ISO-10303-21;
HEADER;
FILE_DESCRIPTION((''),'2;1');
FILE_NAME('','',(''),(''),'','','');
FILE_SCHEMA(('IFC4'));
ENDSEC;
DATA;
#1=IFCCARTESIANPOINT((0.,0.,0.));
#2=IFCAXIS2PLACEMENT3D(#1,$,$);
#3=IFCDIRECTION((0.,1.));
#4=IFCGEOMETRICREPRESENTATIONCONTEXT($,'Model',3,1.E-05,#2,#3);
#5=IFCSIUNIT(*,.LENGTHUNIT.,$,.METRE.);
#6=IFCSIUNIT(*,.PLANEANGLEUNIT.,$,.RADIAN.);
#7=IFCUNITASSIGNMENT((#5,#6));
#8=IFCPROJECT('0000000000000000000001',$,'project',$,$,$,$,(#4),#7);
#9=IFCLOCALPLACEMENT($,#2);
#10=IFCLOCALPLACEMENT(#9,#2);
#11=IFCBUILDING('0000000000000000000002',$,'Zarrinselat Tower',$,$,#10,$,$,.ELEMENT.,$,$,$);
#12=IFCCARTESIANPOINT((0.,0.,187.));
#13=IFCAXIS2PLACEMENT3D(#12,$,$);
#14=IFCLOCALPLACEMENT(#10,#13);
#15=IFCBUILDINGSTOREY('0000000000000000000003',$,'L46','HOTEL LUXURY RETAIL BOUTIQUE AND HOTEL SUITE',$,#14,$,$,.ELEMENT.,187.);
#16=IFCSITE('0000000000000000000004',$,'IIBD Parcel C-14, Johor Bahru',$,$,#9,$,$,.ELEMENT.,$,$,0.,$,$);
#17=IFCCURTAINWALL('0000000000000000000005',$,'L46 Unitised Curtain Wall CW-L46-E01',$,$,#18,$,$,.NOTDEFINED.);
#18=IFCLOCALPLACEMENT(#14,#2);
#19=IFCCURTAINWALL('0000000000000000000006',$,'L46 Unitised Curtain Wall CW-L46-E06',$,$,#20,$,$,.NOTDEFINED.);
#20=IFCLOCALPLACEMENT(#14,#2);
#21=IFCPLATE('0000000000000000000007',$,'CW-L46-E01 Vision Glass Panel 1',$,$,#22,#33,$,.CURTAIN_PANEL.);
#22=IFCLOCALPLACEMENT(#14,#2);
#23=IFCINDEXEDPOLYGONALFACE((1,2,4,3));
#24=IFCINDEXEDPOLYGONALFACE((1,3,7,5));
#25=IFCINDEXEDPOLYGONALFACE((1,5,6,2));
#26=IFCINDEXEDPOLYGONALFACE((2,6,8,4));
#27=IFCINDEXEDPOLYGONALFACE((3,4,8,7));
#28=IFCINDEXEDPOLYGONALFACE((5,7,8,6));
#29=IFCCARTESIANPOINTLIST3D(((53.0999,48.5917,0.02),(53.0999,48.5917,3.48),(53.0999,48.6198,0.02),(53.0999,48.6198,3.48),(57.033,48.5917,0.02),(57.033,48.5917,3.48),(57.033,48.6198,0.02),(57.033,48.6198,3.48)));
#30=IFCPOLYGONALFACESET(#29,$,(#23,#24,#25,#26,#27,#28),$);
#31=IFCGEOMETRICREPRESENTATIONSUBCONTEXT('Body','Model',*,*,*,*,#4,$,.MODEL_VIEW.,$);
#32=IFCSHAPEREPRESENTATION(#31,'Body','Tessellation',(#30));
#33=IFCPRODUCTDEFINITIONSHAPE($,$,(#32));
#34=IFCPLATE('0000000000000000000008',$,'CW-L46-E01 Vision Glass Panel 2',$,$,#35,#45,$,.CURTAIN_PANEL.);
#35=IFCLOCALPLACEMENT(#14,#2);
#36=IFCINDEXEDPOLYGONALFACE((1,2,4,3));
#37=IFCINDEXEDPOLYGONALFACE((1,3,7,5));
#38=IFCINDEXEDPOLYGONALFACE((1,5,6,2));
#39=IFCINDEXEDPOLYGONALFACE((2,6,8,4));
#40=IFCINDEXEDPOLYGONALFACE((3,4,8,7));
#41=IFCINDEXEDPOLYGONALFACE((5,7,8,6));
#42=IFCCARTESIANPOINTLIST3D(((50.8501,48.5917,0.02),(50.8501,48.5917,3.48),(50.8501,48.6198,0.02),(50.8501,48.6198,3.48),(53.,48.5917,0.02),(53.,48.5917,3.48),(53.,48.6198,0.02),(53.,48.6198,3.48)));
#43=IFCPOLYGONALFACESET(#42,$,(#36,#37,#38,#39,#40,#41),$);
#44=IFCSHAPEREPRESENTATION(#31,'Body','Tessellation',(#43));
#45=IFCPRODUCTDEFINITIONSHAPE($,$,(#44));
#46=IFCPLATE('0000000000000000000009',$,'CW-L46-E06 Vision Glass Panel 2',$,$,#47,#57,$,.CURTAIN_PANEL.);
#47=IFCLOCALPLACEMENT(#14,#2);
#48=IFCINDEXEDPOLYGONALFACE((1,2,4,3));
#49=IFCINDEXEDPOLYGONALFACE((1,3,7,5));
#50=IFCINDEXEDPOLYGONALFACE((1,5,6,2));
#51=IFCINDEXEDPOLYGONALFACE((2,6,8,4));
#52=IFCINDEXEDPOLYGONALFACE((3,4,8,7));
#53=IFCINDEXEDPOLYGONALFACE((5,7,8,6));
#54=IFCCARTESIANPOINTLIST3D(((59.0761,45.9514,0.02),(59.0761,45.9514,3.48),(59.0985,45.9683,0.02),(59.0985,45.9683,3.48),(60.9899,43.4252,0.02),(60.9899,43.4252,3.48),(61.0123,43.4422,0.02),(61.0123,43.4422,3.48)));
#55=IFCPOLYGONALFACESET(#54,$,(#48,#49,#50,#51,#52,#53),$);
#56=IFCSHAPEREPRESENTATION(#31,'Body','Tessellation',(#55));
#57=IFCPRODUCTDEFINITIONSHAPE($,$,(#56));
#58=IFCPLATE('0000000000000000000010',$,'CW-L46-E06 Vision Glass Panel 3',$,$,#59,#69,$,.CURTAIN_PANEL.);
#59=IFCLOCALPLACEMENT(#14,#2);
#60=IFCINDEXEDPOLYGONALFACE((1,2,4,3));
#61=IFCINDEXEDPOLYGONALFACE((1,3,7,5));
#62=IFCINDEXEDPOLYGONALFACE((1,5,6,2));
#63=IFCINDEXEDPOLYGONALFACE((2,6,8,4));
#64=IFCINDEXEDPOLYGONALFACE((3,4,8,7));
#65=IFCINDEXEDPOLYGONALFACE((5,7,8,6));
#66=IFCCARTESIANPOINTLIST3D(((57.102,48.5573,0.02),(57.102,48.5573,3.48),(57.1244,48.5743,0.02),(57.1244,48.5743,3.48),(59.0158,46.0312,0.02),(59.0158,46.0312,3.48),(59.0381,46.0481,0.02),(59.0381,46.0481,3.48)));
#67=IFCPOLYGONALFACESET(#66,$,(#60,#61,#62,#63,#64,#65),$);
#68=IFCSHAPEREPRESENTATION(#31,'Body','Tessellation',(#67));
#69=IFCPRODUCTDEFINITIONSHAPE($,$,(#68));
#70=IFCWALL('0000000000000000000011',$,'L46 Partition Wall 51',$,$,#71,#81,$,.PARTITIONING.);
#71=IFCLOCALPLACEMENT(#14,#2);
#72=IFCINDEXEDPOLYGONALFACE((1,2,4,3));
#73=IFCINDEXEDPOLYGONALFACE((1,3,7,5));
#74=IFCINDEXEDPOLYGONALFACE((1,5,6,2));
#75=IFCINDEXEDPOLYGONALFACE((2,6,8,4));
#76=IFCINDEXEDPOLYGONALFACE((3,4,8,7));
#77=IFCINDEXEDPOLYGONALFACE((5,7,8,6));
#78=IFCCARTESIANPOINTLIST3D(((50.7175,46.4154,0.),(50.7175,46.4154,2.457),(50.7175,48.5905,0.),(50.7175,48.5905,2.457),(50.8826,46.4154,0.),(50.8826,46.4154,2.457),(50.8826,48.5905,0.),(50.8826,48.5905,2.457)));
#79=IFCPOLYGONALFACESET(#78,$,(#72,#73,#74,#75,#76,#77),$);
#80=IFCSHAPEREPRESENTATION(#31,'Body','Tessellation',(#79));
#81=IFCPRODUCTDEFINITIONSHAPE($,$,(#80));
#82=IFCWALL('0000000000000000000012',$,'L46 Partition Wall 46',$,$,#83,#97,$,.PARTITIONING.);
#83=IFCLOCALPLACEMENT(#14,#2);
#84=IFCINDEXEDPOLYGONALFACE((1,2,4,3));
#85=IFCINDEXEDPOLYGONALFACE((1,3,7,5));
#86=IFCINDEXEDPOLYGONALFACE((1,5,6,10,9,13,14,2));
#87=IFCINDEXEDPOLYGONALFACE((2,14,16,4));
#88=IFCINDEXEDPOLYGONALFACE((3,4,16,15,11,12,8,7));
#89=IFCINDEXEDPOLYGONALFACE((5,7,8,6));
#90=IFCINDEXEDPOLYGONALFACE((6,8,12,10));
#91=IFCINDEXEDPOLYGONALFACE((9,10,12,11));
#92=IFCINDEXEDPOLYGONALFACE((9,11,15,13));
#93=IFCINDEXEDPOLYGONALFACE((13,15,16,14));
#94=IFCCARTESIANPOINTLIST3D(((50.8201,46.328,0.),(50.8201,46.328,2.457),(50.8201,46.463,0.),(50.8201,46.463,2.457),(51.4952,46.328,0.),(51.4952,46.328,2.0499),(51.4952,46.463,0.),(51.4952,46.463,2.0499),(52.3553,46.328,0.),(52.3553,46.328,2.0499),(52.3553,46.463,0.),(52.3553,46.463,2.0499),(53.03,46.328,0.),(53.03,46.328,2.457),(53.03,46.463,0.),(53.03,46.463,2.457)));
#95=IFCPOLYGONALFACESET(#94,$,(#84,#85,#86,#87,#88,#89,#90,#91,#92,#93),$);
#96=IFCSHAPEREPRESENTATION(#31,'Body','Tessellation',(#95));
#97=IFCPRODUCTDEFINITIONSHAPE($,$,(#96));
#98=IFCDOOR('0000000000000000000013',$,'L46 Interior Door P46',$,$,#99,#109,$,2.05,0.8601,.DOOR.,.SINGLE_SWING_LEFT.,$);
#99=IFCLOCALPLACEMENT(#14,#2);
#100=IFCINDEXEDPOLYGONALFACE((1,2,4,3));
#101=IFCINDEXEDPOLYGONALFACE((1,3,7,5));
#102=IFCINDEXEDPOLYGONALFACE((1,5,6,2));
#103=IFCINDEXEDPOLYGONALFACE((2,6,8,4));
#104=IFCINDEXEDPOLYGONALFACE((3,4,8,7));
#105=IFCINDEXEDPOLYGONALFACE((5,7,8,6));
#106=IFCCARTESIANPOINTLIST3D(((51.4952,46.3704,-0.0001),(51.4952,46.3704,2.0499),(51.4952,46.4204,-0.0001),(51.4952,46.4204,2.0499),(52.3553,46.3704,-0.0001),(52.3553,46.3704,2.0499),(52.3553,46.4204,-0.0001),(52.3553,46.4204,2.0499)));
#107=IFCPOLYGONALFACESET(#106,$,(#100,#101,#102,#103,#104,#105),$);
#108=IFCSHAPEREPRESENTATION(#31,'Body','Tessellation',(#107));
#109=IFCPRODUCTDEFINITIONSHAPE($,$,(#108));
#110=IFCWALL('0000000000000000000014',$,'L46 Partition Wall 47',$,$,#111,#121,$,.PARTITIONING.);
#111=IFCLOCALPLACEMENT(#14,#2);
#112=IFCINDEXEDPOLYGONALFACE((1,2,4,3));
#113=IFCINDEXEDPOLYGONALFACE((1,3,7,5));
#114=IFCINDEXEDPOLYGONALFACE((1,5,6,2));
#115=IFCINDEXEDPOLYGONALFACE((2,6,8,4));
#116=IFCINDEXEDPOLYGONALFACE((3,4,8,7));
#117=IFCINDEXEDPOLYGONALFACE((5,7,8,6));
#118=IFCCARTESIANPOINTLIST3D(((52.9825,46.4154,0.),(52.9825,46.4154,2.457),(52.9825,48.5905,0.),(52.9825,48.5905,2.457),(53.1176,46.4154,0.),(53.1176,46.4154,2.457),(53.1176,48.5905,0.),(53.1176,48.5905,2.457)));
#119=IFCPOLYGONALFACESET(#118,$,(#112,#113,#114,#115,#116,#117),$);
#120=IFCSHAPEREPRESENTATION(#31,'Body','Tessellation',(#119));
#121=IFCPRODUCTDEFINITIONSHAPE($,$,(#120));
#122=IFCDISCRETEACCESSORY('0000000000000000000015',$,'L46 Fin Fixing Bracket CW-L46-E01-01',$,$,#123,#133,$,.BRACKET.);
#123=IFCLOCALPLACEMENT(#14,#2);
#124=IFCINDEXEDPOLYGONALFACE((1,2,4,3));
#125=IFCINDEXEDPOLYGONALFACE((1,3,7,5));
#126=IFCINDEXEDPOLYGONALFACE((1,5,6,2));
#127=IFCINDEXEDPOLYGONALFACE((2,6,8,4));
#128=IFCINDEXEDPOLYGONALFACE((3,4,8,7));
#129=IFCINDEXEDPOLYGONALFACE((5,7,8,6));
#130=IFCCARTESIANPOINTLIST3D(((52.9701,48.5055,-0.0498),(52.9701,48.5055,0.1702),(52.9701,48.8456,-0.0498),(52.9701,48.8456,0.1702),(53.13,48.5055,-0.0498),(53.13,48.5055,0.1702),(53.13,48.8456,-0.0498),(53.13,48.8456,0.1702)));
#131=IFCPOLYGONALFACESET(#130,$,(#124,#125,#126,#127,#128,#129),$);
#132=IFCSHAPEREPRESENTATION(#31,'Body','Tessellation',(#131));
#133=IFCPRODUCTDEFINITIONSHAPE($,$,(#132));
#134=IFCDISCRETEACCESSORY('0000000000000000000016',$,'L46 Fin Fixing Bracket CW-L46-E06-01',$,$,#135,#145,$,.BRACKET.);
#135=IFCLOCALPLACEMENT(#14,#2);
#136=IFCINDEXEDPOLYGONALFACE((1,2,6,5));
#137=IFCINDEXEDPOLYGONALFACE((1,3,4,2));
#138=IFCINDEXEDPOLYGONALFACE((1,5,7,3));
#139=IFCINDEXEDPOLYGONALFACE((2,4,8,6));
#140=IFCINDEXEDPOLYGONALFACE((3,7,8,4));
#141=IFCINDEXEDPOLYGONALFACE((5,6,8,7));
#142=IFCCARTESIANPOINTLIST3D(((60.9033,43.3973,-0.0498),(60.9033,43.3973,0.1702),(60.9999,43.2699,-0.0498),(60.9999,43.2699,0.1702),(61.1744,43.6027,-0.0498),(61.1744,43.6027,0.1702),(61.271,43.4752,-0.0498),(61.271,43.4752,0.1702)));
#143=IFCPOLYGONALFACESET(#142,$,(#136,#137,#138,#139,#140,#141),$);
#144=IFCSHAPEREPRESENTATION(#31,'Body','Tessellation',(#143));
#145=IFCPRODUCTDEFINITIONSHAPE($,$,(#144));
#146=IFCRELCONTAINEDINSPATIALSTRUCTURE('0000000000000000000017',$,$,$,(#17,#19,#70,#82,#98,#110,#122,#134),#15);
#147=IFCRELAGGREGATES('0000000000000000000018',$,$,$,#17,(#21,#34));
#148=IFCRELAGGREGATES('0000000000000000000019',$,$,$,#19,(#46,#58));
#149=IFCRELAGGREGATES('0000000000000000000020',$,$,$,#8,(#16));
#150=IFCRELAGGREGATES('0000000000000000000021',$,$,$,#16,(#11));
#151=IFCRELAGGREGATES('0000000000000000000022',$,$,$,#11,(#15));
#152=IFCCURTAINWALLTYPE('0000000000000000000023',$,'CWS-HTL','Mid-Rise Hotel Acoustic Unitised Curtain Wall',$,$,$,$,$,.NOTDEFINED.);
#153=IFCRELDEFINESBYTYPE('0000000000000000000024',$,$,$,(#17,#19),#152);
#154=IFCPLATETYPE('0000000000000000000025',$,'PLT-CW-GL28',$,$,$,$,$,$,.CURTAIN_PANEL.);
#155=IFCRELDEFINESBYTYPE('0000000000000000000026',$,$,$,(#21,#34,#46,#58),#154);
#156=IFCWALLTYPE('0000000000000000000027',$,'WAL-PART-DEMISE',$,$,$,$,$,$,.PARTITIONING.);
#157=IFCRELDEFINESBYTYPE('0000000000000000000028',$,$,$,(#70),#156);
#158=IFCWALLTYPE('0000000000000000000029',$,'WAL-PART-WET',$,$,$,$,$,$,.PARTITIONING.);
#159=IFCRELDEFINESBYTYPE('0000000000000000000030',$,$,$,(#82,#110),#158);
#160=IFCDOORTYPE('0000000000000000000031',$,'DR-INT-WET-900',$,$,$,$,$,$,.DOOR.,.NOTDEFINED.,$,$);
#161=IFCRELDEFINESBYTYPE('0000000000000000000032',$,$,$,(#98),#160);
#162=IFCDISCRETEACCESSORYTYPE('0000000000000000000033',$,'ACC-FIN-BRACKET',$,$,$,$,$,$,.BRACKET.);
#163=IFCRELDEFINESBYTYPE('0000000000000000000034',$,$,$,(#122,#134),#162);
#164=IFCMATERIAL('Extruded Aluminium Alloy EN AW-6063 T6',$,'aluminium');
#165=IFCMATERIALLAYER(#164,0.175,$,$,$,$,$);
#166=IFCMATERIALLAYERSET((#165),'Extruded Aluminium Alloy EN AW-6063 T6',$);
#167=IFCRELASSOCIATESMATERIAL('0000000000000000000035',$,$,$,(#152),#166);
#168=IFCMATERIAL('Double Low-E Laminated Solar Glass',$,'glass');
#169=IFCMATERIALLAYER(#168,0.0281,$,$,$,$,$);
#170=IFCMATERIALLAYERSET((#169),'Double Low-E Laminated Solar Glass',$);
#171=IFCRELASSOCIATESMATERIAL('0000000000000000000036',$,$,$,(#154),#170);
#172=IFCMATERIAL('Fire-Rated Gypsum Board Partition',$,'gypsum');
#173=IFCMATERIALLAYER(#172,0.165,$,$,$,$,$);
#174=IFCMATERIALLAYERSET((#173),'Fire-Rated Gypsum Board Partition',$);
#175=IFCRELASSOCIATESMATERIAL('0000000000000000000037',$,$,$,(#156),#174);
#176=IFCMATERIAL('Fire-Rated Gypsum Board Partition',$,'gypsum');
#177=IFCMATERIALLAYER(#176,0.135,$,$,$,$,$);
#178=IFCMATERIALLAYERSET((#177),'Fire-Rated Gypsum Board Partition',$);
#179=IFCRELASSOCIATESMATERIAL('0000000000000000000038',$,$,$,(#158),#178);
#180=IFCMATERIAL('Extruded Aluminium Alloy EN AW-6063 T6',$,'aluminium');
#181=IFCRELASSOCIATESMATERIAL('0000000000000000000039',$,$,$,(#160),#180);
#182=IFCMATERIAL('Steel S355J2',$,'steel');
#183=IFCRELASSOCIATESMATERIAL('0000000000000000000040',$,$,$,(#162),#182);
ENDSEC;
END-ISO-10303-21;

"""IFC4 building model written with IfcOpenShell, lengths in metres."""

from ifc_helpers import new_model, si_unit, direction, frame, frame_2d, origin, origin_2d, place, context, subcontext, project, spatial, rectangle, extrude, material, layer, layer_set, type_object, element, fill, aggregate, save


model = new_model("IFC4")

# Units and contexts
model_context = context("Model", 3, precision=1e-05, world=origin(), true_north=direction((0.0, 1.0)))
body_context = subcontext(model_context, "Body", "Model", "MODEL_VIEW")
ifc_project = project(units=[si_unit("LENGTHUNIT", "METRE"), si_unit("PLANEANGLEUNIT", "RADIAN")], contexts=[model_context])

# Site, building, storey
site_placement = place(None, origin())
site = spatial("IfcSite", under=ifc_project, at=site_placement, Name="IIBD Parcel C-14, Johor Bahru", CompositionType="ELEMENT", RefElevation=0.0)
building_placement = place(site_placement, origin())
building = spatial("IfcBuilding", under=site, at=building_placement, Name="Zarrinselat Tower", CompositionType="ELEMENT")
storey_placement = place(building_placement, frame((0.0, 0.0, 187.0)))
storey = spatial("IfcBuildingStorey", under=building, at=storey_placement, Name="L46", Description="HOTEL LUXURY RETAIL BOUTIQUE AND HOTEL SUITE", CompositionType="ELEMENT", Elevation=187.0)

# Curtain walls
ifc_material_1 = material(Name="Extruded Aluminium Alloy EN AW-6063 T6", Category="aluminium")
ifc_layer_1 = layer(ifc_material_1, 0.175)
ifc_layer_set_1 = layer_set([ifc_layer_1], Name="Extruded Aluminium Alloy EN AW-6063 T6")
curtain_wall_type = type_object("IfcCurtainWallType", Name="CWS-HTL", Description="Mid-Rise Hotel Acoustic Unitised Curtain Wall", PredefinedType="NOTDEFINED", material=ifc_layer_set_1)
curtain_wall_1_placement = place(storey_placement, origin())
curtain_wall_1 = element("IfcCurtainWall", 1, at=curtain_wall_1_placement, inside=storey, type_object=curtain_wall_type, Name="L46 Unitised Curtain Wall CW-L46-E01", PredefinedType="NOTDEFINED")
curtain_wall_2_placement = place(storey_placement, origin())
curtain_wall_2 = element("IfcCurtainWall", 2, at=curtain_wall_2_placement, inside=storey, type_object=curtain_wall_type, Name="L46 Unitised Curtain Wall CW-L46-E06", PredefinedType="NOTDEFINED")

# Plates
ifc_material_2 = material(Name="Double Low-E Laminated Solar Glass", Category="glass")
ifc_layer_2 = layer(ifc_material_2, 0.0281)
ifc_layer_set_2 = layer_set([ifc_layer_2], Name="Double Low-E Laminated Solar Glass")
plate_type = type_object("IfcPlateType", Name="PLT-CW-GL28", PredefinedType="CURTAIN_PANEL", material=ifc_layer_set_2)
plate_1_placement = place(storey_placement, frame((55.0664, 48.6057, 0.02), z_axis=(0.0, 0.0, 1.0), x_axis=(-1.0, 0.0, 0.0)))
plate_1 = element("IfcPlate", 3, at=plate_1_placement, type_object=plate_type, Name="CW-L46-E01 Vision Glass Panel 1", PredefinedType="CURTAIN_PANEL", context=body_context, shape_type="SweptSolid", body=[
    extrude(rectangle(XDim=3.9331, YDim=0.0281, at=origin_2d()), origin(), (0.0, 0.0, 1.0), 3.46),
])
plate_2_placement = place(storey_placement, frame((51.925, 48.6057, 0.02), z_axis=(0.0, 0.0, 1.0), x_axis=(-1.0, 0.0, 0.0)))
plate_2 = element("IfcPlate", 4, at=plate_2_placement, type_object=plate_type, Name="CW-L46-E01 Vision Glass Panel 2", PredefinedType="CURTAIN_PANEL", context=body_context, shape_type="SweptSolid", body=[
    extrude(rectangle(XDim=2.1499, YDim=0.0281, at=origin_2d()), origin(), (0.0, 0.0, 1.0), 3.46),
])
aggregate(curtain_wall_1, [plate_1, plate_2])
plate_3_placement = place(storey_placement, frame((60.0442, 44.6968, 0.02), z_axis=(0.0, 0.0, 1.0), x_axis=(-0.603861, 0.79709, 0.0)))
plate_3 = element("IfcPlate", 5, at=plate_3_placement, type_object=plate_type, Name="CW-L46-E06 Vision Glass Panel 2", PredefinedType="CURTAIN_PANEL", context=body_context, shape_type="SweptSolid", body=[
    extrude(rectangle(XDim=3.1692, YDim=0.0281, at=origin_2d()), origin(), (0.0, 0.0, 1.0), 3.46),
])
plate_4_placement = place(storey_placement, frame((58.0701, 47.3027, 0.02), z_axis=(0.0, 0.0, 1.0), x_axis=(-0.603861, 0.79709, 0.0)))
plate_4 = element("IfcPlate", 6, at=plate_4_placement, type_object=plate_type, Name="CW-L46-E06 Vision Glass Panel 3", PredefinedType="CURTAIN_PANEL", context=body_context, shape_type="SweptSolid", body=[
    extrude(rectangle(XDim=3.1692, YDim=0.0281, at=origin_2d()), origin(), (0.0, 0.0, 1.0), 3.46),
])
aggregate(curtain_wall_2, [plate_3, plate_4])

# Wall
ifc_material_3 = material(Name="Fire-Rated Gypsum Board Partition", Category="gypsum")
ifc_layer_3 = layer(ifc_material_3, 0.165)
ifc_layer_set_3 = layer_set([ifc_layer_3], Name="Fire-Rated Gypsum Board Partition")
wall_type_1 = type_object("IfcWallType", Name="WAL-PART-DEMISE", PredefinedType="PARTITIONING", material=ifc_layer_set_3)
wall_1_placement = place(storey_placement, frame((50.8, 46.4155, 0.0), z_axis=(0.0, 0.0, 1.0), x_axis=(0.0, 1.0, 0.0)))
element("IfcWall", 7, at=wall_1_placement, inside=storey, type_object=wall_type_1, Name="L46 Partition Wall 51", PredefinedType="PARTITIONING", context=body_context, shape_type="SweptSolid", body=[
    extrude(rectangle(XDim=2.175, YDim=0.165, at=frame_2d((1.0874, 0.0))), origin(), (0.0, 0.0, 1.0), 2.457),
])

# Wall, opening, door
ifc_material_4 = material(Name="Fire-Rated Gypsum Board Partition", Category="gypsum")
ifc_layer_4 = layer(ifc_material_4, 0.135)
ifc_layer_set_4 = layer_set([ifc_layer_4], Name="Fire-Rated Gypsum Board Partition")
wall_type_2 = type_object("IfcWallType", Name="WAL-PART-WET", PredefinedType="PARTITIONING", material=ifc_layer_set_4)
wall_2_placement = place(storey_placement, frame((50.8201, 46.3955, 0.0), z_axis=(0.0, 0.0, 1.0), x_axis=(1.0, 0.0, 0.0)))
wall_2 = element("IfcWall", 8, at=wall_2_placement, inside=storey, type_object=wall_type_2, Name="L46 Partition Wall 46", PredefinedType="PARTITIONING", context=body_context, shape_type="SweptSolid", body=[
    extrude(rectangle(XDim=2.21, YDim=0.135, at=frame_2d((1.105, 0.0))), origin(), (0.0, 0.0, 1.0), 2.457),
])
opening_placement = place(wall_2_placement, frame((0.675, 0.0, 0.0)))
opening = element("IfcOpeningElement", 9, at=opening_placement, cuts=wall_2, PredefinedType="OPENING", context=body_context, shape_type="SweptSolid", body=[
    extrude(rectangle(XDim=0.8601, YDim=2.05, at=frame_2d((0.4302, 1.0249))), frame((0.0, 0.0774, 0.0), z_axis=(0.0, -1.0, 0.0), x_axis=(1.0, 0.0, 0.0)), (0.0, 0.0, 1.0), 0.155),
])
ifc_material_5 = material(Name="Extruded Aluminium Alloy EN AW-6063 T6", Category="aluminium")
door_type = type_object("IfcDoorType", Name="DR-INT-WET-900", OperationType="NOTDEFINED", PredefinedType="DOOR", material=ifc_material_5)
door_placement = place(opening_placement, origin())
door = element("IfcDoor", 10, at=door_placement, inside=storey, type_object=door_type, Name="L46 Interior Door P46", OperationType="SINGLE_SWING_LEFT", OverallHeight=2.05, OverallWidth=0.8601, PredefinedType="DOOR", context=body_context, shape_type="SweptSolid", body=[
    extrude(rectangle(XDim=0.8601, YDim=2.05, at=frame_2d((0.4302, 1.0249))), frame((0.0, 0.0249, 0.0), z_axis=(0.0, -1.0, 0.0), x_axis=(1.0, 0.0, 0.0)), (0.0, 0.0, 1.0), 0.05),
])
fill(opening, door)

# Wall
wall_3_placement = place(storey_placement, frame((53.05, 46.4155, 0.0), z_axis=(0.0, 0.0, 1.0), x_axis=(0.0, 1.0, 0.0)))
element("IfcWall", 11, at=wall_3_placement, inside=storey, type_object=wall_type_2, Name="L46 Partition Wall 47", PredefinedType="PARTITIONING", context=body_context, shape_type="SweptSolid", body=[
    extrude(rectangle(XDim=2.175, YDim=0.135, at=frame_2d((1.0874, 0.0))), origin(), (0.0, 0.0, 1.0), 2.457),
])

# Discrete accessories
ifc_material_6 = material(Name="Steel S355J2", Category="steel")
discrete_accessory_type = type_object("IfcDiscreteAccessoryType", Name="ACC-FIN-BRACKET", PredefinedType="BRACKET", material=ifc_material_6)
for number, where, z_axis, x_axis, name in (
    (12, (53.05, 48.6755, -0.0498), (0.0, 0.0, 1.0), (0.0, 1.0, 0.0), "L46 Fin Fixing Bracket CW-L46-E01-01"),
    (13, (61.0872, 43.4363, -0.0498), (0.0, 0.0, 1.0), (0.79709, 0.603861, 0.0), "L46 Fin Fixing Bracket CW-L46-E06-01"),
):
    element("IfcDiscreteAccessory", number, at=place(storey_placement, frame(where, z_axis=z_axis, x_axis=x_axis)), inside=storey, type_object=discrete_accessory_type, Name=name, PredefinedType="BRACKET", context=body_context, shape_type="SweptSolid", body=[
        extrude(rectangle(XDim=0.3401, YDim=0.1599, at=origin_2d()), origin(), (0.0, 0.0, 1.0), 0.22),
    ])

save(model, "model.ifc")
